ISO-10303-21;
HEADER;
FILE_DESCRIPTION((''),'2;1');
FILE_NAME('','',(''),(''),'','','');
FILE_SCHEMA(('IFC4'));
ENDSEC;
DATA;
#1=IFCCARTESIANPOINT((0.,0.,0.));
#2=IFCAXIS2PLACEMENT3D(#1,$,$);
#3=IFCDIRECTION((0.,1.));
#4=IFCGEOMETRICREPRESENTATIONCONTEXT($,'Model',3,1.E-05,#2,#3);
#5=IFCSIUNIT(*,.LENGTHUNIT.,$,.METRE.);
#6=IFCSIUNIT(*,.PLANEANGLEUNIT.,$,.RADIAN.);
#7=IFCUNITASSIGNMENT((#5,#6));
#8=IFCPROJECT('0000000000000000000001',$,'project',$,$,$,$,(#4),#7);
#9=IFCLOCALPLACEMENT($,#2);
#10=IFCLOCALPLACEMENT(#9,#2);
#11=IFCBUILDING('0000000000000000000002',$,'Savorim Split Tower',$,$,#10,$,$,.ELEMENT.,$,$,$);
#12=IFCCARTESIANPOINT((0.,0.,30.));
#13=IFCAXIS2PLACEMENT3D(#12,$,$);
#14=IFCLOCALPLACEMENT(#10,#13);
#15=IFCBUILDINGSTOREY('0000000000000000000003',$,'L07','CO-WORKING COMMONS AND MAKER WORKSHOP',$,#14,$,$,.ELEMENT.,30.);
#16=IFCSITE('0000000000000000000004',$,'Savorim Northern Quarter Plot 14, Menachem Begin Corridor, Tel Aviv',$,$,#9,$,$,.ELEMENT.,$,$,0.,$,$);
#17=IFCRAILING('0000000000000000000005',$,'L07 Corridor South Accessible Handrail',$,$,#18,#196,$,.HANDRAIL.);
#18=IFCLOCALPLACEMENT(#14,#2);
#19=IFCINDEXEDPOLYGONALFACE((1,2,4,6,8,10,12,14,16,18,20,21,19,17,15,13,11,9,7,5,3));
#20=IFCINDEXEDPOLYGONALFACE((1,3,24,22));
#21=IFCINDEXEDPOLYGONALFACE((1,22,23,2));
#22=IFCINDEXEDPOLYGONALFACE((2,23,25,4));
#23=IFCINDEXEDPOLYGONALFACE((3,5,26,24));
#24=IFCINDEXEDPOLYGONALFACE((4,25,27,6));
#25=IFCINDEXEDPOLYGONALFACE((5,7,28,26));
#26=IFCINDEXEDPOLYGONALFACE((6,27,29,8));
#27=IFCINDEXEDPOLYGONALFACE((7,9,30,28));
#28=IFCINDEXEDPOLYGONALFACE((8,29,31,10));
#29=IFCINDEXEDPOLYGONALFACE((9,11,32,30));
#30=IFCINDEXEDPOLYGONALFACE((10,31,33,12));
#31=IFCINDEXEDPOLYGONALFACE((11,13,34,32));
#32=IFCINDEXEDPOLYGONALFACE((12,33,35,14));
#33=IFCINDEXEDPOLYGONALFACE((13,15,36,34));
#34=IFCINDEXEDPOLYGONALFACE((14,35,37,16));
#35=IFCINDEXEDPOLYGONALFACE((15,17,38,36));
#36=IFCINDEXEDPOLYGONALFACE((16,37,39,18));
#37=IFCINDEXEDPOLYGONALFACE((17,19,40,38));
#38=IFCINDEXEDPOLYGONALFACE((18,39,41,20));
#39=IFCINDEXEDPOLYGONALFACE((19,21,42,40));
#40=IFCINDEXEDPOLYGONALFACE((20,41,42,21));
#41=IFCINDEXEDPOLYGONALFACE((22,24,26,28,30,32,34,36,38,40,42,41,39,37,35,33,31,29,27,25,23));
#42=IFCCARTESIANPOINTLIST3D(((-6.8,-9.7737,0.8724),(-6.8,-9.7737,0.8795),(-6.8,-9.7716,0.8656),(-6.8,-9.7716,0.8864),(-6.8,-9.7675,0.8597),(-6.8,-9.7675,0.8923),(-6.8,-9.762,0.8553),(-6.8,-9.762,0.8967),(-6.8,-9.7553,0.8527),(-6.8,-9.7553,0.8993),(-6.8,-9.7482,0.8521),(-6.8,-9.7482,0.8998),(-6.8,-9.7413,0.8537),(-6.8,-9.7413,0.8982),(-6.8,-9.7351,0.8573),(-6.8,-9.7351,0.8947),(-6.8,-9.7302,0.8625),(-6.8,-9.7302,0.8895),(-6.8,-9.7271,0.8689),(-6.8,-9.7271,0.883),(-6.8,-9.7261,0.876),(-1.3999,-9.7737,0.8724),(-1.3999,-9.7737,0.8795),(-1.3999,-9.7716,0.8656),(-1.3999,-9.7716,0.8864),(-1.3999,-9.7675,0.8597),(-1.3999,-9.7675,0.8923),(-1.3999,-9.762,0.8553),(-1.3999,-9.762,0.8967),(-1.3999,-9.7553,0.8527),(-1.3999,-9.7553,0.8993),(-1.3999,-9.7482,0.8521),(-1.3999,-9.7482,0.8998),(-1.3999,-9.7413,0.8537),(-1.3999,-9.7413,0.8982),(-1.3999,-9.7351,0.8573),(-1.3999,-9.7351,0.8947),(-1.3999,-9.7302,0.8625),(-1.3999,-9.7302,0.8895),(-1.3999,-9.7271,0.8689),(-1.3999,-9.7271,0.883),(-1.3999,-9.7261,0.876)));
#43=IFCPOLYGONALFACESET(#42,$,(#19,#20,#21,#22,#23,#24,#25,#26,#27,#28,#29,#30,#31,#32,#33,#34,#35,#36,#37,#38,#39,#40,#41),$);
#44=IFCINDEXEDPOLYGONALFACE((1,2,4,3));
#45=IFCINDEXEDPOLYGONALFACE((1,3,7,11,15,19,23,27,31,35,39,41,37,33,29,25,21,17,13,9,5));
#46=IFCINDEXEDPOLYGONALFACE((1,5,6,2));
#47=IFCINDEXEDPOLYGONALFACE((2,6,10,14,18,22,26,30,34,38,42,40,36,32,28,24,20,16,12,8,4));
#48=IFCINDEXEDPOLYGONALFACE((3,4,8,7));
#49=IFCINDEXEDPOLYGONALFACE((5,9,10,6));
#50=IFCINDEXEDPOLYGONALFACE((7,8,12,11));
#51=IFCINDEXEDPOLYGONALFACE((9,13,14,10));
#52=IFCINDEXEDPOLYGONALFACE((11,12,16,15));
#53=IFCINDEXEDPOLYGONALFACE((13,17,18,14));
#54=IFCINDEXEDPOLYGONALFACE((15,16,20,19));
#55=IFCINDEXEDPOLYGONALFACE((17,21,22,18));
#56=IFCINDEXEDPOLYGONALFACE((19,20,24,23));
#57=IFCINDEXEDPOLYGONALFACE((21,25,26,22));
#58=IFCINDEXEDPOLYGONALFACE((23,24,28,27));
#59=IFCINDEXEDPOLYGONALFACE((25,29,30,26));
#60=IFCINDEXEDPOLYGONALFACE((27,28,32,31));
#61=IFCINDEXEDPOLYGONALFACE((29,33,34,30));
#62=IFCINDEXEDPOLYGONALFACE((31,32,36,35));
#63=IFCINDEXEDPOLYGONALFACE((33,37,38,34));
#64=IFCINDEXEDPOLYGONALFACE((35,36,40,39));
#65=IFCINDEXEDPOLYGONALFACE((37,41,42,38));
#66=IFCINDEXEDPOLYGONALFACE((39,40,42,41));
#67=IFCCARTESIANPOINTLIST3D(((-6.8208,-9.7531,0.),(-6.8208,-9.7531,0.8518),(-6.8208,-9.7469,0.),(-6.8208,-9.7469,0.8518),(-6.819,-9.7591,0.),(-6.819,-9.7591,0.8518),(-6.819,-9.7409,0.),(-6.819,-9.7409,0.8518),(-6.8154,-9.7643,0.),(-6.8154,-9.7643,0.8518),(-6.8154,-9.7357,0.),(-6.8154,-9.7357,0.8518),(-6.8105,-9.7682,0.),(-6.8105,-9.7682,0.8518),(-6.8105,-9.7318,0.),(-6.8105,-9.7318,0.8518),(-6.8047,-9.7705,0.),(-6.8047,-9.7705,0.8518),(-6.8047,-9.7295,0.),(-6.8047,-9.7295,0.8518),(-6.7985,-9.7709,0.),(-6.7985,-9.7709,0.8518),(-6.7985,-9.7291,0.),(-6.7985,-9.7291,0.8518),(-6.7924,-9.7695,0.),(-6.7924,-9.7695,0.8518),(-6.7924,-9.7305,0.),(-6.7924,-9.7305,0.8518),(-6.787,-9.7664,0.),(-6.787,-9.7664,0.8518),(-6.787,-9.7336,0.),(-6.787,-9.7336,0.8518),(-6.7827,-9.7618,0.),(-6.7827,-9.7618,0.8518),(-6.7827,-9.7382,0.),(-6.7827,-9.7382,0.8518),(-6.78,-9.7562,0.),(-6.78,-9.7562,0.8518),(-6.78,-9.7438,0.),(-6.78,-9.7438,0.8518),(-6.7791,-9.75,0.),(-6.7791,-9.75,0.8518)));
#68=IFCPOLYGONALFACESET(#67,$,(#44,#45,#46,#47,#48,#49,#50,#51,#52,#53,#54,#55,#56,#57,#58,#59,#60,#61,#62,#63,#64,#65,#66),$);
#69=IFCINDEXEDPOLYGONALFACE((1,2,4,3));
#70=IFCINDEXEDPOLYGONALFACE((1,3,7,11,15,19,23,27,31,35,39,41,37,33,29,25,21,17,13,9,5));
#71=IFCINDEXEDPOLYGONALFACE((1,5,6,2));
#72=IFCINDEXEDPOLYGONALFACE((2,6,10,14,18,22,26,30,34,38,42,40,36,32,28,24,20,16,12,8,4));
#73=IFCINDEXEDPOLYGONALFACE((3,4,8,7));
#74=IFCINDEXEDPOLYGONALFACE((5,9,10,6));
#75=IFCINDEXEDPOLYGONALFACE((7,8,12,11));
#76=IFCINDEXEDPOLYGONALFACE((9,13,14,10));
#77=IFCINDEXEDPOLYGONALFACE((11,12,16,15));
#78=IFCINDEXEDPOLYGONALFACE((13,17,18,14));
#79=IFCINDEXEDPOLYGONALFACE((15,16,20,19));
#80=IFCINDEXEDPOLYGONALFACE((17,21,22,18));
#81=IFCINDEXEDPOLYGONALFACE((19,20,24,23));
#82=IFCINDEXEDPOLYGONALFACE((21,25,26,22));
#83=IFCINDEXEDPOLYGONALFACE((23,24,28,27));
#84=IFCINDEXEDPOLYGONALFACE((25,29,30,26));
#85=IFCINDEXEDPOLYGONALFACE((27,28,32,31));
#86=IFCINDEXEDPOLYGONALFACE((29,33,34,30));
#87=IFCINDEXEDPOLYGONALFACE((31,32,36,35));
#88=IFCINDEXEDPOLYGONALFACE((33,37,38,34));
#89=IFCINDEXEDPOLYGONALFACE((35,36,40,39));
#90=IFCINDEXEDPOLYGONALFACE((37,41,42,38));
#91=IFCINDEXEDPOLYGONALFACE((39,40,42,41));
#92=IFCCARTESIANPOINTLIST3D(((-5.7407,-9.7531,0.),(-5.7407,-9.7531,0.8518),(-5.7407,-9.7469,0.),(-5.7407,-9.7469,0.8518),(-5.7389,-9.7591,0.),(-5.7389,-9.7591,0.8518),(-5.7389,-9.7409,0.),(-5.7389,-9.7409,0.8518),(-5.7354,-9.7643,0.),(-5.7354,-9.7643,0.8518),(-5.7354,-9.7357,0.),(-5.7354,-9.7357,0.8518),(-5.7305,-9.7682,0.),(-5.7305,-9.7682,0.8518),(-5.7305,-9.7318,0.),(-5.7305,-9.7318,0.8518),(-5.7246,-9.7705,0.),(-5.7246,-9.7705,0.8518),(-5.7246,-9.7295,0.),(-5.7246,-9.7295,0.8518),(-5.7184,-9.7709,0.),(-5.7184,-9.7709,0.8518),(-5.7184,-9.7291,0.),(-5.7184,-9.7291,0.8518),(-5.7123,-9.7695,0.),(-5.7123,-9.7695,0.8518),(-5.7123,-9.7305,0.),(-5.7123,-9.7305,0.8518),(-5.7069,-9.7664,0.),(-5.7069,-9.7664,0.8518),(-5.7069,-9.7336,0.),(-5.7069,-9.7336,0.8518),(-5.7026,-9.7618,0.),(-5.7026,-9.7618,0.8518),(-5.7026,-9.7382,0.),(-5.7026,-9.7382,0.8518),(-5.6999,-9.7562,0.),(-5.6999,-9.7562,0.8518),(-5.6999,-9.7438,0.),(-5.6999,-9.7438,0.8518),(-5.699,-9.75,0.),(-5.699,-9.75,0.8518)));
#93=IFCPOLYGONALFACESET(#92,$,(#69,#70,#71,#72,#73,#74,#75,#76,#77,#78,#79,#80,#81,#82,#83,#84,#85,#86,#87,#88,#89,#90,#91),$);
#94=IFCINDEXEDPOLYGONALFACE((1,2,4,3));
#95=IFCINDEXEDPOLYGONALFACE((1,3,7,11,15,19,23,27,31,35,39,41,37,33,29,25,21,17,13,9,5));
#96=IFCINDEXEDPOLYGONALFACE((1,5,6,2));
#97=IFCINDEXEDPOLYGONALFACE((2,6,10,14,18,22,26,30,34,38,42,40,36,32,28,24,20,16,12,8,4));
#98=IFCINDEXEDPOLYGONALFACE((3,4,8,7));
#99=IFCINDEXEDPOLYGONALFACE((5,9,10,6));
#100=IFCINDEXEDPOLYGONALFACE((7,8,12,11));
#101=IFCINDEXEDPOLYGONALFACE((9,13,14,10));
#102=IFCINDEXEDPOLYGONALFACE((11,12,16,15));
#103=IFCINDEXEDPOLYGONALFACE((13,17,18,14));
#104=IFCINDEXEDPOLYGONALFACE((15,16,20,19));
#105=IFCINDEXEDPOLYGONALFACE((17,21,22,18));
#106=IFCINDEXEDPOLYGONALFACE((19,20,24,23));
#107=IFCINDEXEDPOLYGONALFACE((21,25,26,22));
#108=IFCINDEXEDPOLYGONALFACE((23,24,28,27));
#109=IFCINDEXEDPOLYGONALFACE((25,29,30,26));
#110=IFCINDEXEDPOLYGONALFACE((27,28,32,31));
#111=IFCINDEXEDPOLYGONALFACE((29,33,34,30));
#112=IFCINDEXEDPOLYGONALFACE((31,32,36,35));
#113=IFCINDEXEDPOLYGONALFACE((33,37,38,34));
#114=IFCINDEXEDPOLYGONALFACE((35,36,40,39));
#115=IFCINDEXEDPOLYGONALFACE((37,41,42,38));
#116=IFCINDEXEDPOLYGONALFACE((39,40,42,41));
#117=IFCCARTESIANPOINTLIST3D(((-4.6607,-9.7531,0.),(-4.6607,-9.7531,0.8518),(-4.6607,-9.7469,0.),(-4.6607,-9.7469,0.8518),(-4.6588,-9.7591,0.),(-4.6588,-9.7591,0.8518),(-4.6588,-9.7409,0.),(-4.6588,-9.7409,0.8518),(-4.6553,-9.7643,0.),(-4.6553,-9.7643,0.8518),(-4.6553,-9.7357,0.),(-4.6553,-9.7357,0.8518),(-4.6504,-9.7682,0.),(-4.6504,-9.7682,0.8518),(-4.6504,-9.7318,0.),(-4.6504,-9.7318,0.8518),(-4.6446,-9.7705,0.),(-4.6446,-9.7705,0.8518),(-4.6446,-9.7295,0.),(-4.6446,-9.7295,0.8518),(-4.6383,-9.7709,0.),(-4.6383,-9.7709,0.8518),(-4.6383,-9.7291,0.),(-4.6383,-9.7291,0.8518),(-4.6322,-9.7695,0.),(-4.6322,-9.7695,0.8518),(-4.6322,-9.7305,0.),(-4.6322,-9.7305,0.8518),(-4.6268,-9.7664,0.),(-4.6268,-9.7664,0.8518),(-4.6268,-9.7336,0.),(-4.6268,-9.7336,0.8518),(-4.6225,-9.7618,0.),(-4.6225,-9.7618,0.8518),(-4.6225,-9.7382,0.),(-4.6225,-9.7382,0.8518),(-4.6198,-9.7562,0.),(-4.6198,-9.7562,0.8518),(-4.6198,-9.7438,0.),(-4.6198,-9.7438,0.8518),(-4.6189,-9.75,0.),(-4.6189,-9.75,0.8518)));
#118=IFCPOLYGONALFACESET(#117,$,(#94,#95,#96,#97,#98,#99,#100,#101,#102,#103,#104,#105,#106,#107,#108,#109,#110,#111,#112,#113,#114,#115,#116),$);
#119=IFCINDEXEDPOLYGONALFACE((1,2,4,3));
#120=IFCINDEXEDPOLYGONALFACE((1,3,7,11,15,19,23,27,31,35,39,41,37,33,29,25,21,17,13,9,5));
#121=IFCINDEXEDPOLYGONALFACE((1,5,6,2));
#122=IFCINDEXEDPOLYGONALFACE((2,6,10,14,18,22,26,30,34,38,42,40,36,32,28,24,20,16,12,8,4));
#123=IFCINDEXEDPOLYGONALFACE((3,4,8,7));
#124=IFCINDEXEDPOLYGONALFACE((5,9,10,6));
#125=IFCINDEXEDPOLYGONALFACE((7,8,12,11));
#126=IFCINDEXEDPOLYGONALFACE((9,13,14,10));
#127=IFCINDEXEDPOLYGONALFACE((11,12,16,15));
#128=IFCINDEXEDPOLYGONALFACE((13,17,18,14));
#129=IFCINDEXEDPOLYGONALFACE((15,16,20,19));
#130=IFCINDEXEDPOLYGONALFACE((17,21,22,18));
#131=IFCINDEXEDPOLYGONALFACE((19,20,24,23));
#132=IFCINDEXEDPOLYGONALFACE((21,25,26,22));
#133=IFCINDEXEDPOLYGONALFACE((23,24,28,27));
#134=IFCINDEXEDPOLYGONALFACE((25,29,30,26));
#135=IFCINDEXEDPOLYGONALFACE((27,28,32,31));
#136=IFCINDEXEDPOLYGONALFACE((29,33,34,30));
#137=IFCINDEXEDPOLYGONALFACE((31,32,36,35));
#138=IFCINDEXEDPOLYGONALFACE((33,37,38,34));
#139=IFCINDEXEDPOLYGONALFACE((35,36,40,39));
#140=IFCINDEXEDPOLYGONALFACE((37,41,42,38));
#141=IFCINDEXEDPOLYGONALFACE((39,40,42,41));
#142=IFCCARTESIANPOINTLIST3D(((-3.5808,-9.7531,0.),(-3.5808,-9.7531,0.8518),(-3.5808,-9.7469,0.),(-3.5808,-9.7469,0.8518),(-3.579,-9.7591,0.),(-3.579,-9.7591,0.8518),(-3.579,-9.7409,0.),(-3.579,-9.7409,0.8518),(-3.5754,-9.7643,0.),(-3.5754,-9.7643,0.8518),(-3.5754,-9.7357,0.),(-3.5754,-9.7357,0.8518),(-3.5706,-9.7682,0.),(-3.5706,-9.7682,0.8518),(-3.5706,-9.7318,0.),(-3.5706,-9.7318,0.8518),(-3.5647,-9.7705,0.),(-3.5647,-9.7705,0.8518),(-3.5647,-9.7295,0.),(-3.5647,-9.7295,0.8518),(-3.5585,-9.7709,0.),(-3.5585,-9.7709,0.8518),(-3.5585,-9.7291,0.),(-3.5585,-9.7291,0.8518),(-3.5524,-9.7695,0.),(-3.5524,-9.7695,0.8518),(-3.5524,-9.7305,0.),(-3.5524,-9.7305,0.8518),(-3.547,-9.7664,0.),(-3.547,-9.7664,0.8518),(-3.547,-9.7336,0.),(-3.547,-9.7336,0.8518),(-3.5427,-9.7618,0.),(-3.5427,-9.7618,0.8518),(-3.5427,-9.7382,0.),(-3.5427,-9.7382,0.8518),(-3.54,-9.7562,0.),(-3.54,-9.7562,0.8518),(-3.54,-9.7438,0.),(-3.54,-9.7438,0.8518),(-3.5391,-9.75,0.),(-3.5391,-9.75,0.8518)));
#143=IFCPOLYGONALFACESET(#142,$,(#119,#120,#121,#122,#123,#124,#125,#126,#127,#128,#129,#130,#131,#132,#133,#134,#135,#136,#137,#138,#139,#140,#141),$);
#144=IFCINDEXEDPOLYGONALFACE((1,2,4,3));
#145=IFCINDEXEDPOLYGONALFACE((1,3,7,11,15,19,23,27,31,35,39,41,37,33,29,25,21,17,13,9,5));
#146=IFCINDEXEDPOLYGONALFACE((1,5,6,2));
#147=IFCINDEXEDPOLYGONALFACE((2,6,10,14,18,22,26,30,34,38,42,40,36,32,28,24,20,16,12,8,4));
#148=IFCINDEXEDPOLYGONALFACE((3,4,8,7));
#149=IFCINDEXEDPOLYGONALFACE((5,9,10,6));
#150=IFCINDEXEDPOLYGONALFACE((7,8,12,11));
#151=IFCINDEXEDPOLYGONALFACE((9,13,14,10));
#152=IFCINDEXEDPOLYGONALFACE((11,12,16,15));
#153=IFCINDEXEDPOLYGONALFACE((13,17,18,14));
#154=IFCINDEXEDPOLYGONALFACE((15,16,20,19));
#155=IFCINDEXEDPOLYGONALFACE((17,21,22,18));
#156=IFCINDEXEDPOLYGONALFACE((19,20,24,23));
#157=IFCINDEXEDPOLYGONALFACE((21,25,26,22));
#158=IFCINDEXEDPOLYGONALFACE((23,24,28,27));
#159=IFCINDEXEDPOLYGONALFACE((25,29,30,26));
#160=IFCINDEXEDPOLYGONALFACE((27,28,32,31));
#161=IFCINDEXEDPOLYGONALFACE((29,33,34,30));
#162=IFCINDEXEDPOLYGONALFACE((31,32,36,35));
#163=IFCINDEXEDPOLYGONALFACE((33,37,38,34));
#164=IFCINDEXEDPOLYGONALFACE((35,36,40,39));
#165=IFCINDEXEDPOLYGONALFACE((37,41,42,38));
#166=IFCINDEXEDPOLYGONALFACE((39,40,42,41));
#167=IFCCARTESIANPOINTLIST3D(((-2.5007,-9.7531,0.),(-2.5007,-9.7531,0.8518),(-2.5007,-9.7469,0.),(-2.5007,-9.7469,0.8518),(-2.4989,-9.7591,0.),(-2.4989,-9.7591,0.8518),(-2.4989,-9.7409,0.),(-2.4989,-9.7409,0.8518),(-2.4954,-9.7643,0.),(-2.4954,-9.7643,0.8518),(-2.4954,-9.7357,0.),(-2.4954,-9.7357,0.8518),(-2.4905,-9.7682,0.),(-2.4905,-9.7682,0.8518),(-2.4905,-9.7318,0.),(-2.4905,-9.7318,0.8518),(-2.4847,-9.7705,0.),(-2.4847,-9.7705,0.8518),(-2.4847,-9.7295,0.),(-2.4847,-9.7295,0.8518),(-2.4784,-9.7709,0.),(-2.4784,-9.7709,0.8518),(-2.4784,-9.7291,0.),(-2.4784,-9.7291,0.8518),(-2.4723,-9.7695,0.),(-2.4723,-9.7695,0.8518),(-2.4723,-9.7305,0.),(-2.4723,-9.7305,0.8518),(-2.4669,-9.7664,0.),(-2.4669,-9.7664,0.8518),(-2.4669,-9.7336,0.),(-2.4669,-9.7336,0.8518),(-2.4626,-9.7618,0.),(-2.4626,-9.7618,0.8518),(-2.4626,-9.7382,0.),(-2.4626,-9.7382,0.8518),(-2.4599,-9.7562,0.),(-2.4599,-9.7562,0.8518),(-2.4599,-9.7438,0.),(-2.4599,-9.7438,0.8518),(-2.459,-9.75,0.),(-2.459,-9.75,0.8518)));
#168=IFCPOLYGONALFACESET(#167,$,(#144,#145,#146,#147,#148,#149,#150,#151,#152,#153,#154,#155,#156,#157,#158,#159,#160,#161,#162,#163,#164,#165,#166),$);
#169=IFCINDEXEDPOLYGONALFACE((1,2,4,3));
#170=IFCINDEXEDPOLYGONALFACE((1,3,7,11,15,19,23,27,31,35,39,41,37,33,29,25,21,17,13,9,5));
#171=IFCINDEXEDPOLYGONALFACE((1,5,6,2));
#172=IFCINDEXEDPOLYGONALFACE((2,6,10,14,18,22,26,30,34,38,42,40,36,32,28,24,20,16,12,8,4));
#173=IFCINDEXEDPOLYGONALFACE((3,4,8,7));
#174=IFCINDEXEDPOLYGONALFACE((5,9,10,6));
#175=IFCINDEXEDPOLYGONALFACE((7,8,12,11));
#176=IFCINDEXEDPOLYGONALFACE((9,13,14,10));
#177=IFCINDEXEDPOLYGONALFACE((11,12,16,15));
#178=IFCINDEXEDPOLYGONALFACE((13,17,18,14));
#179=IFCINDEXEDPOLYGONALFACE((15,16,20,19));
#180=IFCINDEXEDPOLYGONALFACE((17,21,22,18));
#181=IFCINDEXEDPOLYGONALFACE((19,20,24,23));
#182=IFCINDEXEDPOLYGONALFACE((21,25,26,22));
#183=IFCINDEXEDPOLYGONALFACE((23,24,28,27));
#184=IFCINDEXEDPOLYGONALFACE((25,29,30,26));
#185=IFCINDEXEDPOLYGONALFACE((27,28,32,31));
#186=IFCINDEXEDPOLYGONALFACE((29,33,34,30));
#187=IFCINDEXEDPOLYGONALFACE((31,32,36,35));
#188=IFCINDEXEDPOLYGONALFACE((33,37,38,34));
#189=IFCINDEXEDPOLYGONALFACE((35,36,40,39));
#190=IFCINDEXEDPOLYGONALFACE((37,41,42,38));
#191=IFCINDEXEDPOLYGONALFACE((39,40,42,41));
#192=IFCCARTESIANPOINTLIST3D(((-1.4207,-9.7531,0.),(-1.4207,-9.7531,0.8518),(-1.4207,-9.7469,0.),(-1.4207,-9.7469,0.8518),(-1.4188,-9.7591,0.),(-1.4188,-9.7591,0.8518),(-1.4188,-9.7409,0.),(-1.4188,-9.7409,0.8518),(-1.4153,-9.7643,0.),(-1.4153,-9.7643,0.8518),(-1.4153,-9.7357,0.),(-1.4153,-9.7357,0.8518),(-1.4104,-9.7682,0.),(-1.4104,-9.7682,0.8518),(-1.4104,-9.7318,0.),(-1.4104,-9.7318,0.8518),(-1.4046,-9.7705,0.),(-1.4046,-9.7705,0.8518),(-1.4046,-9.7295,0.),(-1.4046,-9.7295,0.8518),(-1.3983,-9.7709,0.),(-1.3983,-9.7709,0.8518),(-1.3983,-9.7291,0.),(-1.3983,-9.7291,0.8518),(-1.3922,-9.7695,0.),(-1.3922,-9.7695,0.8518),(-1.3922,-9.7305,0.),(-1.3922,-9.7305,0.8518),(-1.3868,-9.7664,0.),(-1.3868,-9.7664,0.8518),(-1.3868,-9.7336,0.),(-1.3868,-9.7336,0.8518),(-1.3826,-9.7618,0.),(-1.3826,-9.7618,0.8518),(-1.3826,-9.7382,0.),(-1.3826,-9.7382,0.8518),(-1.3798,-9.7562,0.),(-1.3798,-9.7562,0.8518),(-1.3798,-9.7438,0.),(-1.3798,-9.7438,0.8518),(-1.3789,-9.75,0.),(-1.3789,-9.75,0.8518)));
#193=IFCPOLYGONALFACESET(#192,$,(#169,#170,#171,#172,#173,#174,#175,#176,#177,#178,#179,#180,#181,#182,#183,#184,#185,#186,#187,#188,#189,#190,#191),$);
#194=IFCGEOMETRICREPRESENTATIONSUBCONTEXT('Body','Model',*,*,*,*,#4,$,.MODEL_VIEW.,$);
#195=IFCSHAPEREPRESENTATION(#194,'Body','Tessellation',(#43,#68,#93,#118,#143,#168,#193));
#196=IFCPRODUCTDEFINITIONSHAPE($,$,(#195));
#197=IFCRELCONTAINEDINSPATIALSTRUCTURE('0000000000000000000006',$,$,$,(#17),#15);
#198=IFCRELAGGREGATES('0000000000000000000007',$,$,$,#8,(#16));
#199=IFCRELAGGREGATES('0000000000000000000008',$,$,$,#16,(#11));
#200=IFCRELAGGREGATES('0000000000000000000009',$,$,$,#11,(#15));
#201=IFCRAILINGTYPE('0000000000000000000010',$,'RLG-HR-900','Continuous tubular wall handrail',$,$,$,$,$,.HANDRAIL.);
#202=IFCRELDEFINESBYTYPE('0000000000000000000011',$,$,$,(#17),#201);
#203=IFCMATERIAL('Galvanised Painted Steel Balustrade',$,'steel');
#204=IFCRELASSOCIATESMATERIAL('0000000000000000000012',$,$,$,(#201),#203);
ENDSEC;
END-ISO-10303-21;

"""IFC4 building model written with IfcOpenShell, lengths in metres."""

from ifc_helpers import new_model, si_unit, direction, frame, origin, origin_2d, place, context, subcontext, project, spatial, circle, extrude, material, type_object, element, save


model = new_model("IFC4")

# Units and contexts
model_context = context("Model", 3, precision=1e-05, world=origin(), true_north=direction((0.0, 1.0)))
body_context = subcontext(model_context, "Body", "Model", "MODEL_VIEW")
ifc_project = project(units=[si_unit("LENGTHUNIT", "METRE"), si_unit("PLANEANGLEUNIT", "RADIAN")], contexts=[model_context])

# Site, building, storey
site_placement = place(None, origin())
site = spatial("IfcSite", under=ifc_project, at=site_placement, Name="Savorim Northern Quarter Plot 14, Menachem Begin Corridor, Tel Aviv", CompositionType="ELEMENT", RefElevation=0.0)
building_placement = place(site_placement, origin())
building = spatial("IfcBuilding", under=site, at=building_placement, Name="Savorim Split Tower", CompositionType="ELEMENT")
storey_placement = place(building_placement, frame((0.0, 0.0, 30.0)))
storey = spatial("IfcBuildingStorey", under=building, at=storey_placement, Name="L07", Description="CO-WORKING COMMONS AND MAKER WORKSHOP", CompositionType="ELEMENT", Elevation=30.0)

# Railing
ifc_material_1 = material(Name="Galvanised Painted Steel Balustrade", Category="steel")
railing_type_1 = type_object("IfcRailingType", Name="RLG-HR-900", Description="Continuous tubular wall handrail", PredefinedType="HANDRAIL", material=ifc_material_1)
railing_1_placement = place(storey_placement, frame((-6.8, -9.75, 0.0)))
element("IfcRailing", 1, at=railing_1_placement, inside=storey, type_object=railing_type_1, Name="L07 Corridor South Accessible Handrail", PredefinedType="HANDRAIL", context=body_context, shape_type="SweptSolid", body=[
    extrude(circle(Radius=0.0239, at=origin_2d()), frame((0.0, 0.0, 0.876), z_axis=(1.0, 0.0, 0.0), x_axis=(0.0, 1.0, 0.0)), (0.0, 0.0, 1.0), 5.4001),
    extrude(circle(Radius=0.021, at=origin_2d()), origin(), (0.0, 0.0, 1.0), 0.8518),
    extrude(circle(Radius=0.021, at=origin_2d()), frame((1.0801, 0.0, 0.0)), (0.0, 0.0, 1.0), 0.8518),
    extrude(circle(Radius=0.021, at=origin_2d()), frame((2.1602, 0.0, 0.0)), (0.0, 0.0, 1.0), 0.8518),
    extrude(circle(Radius=0.021, at=origin_2d()), frame((3.24, 0.0, 0.0)), (0.0, 0.0, 1.0), 0.8518),
    extrude(circle(Radius=0.021, at=origin_2d()), frame((4.3201, 0.0, 0.0)), (0.0, 0.0, 1.0), 0.8518),
    extrude(circle(Radius=0.021, at=origin_2d()), frame((5.4001, 0.0, 0.0)), (0.0, 0.0, 1.0), 0.8518),
])

save(model, "model.ifc")
